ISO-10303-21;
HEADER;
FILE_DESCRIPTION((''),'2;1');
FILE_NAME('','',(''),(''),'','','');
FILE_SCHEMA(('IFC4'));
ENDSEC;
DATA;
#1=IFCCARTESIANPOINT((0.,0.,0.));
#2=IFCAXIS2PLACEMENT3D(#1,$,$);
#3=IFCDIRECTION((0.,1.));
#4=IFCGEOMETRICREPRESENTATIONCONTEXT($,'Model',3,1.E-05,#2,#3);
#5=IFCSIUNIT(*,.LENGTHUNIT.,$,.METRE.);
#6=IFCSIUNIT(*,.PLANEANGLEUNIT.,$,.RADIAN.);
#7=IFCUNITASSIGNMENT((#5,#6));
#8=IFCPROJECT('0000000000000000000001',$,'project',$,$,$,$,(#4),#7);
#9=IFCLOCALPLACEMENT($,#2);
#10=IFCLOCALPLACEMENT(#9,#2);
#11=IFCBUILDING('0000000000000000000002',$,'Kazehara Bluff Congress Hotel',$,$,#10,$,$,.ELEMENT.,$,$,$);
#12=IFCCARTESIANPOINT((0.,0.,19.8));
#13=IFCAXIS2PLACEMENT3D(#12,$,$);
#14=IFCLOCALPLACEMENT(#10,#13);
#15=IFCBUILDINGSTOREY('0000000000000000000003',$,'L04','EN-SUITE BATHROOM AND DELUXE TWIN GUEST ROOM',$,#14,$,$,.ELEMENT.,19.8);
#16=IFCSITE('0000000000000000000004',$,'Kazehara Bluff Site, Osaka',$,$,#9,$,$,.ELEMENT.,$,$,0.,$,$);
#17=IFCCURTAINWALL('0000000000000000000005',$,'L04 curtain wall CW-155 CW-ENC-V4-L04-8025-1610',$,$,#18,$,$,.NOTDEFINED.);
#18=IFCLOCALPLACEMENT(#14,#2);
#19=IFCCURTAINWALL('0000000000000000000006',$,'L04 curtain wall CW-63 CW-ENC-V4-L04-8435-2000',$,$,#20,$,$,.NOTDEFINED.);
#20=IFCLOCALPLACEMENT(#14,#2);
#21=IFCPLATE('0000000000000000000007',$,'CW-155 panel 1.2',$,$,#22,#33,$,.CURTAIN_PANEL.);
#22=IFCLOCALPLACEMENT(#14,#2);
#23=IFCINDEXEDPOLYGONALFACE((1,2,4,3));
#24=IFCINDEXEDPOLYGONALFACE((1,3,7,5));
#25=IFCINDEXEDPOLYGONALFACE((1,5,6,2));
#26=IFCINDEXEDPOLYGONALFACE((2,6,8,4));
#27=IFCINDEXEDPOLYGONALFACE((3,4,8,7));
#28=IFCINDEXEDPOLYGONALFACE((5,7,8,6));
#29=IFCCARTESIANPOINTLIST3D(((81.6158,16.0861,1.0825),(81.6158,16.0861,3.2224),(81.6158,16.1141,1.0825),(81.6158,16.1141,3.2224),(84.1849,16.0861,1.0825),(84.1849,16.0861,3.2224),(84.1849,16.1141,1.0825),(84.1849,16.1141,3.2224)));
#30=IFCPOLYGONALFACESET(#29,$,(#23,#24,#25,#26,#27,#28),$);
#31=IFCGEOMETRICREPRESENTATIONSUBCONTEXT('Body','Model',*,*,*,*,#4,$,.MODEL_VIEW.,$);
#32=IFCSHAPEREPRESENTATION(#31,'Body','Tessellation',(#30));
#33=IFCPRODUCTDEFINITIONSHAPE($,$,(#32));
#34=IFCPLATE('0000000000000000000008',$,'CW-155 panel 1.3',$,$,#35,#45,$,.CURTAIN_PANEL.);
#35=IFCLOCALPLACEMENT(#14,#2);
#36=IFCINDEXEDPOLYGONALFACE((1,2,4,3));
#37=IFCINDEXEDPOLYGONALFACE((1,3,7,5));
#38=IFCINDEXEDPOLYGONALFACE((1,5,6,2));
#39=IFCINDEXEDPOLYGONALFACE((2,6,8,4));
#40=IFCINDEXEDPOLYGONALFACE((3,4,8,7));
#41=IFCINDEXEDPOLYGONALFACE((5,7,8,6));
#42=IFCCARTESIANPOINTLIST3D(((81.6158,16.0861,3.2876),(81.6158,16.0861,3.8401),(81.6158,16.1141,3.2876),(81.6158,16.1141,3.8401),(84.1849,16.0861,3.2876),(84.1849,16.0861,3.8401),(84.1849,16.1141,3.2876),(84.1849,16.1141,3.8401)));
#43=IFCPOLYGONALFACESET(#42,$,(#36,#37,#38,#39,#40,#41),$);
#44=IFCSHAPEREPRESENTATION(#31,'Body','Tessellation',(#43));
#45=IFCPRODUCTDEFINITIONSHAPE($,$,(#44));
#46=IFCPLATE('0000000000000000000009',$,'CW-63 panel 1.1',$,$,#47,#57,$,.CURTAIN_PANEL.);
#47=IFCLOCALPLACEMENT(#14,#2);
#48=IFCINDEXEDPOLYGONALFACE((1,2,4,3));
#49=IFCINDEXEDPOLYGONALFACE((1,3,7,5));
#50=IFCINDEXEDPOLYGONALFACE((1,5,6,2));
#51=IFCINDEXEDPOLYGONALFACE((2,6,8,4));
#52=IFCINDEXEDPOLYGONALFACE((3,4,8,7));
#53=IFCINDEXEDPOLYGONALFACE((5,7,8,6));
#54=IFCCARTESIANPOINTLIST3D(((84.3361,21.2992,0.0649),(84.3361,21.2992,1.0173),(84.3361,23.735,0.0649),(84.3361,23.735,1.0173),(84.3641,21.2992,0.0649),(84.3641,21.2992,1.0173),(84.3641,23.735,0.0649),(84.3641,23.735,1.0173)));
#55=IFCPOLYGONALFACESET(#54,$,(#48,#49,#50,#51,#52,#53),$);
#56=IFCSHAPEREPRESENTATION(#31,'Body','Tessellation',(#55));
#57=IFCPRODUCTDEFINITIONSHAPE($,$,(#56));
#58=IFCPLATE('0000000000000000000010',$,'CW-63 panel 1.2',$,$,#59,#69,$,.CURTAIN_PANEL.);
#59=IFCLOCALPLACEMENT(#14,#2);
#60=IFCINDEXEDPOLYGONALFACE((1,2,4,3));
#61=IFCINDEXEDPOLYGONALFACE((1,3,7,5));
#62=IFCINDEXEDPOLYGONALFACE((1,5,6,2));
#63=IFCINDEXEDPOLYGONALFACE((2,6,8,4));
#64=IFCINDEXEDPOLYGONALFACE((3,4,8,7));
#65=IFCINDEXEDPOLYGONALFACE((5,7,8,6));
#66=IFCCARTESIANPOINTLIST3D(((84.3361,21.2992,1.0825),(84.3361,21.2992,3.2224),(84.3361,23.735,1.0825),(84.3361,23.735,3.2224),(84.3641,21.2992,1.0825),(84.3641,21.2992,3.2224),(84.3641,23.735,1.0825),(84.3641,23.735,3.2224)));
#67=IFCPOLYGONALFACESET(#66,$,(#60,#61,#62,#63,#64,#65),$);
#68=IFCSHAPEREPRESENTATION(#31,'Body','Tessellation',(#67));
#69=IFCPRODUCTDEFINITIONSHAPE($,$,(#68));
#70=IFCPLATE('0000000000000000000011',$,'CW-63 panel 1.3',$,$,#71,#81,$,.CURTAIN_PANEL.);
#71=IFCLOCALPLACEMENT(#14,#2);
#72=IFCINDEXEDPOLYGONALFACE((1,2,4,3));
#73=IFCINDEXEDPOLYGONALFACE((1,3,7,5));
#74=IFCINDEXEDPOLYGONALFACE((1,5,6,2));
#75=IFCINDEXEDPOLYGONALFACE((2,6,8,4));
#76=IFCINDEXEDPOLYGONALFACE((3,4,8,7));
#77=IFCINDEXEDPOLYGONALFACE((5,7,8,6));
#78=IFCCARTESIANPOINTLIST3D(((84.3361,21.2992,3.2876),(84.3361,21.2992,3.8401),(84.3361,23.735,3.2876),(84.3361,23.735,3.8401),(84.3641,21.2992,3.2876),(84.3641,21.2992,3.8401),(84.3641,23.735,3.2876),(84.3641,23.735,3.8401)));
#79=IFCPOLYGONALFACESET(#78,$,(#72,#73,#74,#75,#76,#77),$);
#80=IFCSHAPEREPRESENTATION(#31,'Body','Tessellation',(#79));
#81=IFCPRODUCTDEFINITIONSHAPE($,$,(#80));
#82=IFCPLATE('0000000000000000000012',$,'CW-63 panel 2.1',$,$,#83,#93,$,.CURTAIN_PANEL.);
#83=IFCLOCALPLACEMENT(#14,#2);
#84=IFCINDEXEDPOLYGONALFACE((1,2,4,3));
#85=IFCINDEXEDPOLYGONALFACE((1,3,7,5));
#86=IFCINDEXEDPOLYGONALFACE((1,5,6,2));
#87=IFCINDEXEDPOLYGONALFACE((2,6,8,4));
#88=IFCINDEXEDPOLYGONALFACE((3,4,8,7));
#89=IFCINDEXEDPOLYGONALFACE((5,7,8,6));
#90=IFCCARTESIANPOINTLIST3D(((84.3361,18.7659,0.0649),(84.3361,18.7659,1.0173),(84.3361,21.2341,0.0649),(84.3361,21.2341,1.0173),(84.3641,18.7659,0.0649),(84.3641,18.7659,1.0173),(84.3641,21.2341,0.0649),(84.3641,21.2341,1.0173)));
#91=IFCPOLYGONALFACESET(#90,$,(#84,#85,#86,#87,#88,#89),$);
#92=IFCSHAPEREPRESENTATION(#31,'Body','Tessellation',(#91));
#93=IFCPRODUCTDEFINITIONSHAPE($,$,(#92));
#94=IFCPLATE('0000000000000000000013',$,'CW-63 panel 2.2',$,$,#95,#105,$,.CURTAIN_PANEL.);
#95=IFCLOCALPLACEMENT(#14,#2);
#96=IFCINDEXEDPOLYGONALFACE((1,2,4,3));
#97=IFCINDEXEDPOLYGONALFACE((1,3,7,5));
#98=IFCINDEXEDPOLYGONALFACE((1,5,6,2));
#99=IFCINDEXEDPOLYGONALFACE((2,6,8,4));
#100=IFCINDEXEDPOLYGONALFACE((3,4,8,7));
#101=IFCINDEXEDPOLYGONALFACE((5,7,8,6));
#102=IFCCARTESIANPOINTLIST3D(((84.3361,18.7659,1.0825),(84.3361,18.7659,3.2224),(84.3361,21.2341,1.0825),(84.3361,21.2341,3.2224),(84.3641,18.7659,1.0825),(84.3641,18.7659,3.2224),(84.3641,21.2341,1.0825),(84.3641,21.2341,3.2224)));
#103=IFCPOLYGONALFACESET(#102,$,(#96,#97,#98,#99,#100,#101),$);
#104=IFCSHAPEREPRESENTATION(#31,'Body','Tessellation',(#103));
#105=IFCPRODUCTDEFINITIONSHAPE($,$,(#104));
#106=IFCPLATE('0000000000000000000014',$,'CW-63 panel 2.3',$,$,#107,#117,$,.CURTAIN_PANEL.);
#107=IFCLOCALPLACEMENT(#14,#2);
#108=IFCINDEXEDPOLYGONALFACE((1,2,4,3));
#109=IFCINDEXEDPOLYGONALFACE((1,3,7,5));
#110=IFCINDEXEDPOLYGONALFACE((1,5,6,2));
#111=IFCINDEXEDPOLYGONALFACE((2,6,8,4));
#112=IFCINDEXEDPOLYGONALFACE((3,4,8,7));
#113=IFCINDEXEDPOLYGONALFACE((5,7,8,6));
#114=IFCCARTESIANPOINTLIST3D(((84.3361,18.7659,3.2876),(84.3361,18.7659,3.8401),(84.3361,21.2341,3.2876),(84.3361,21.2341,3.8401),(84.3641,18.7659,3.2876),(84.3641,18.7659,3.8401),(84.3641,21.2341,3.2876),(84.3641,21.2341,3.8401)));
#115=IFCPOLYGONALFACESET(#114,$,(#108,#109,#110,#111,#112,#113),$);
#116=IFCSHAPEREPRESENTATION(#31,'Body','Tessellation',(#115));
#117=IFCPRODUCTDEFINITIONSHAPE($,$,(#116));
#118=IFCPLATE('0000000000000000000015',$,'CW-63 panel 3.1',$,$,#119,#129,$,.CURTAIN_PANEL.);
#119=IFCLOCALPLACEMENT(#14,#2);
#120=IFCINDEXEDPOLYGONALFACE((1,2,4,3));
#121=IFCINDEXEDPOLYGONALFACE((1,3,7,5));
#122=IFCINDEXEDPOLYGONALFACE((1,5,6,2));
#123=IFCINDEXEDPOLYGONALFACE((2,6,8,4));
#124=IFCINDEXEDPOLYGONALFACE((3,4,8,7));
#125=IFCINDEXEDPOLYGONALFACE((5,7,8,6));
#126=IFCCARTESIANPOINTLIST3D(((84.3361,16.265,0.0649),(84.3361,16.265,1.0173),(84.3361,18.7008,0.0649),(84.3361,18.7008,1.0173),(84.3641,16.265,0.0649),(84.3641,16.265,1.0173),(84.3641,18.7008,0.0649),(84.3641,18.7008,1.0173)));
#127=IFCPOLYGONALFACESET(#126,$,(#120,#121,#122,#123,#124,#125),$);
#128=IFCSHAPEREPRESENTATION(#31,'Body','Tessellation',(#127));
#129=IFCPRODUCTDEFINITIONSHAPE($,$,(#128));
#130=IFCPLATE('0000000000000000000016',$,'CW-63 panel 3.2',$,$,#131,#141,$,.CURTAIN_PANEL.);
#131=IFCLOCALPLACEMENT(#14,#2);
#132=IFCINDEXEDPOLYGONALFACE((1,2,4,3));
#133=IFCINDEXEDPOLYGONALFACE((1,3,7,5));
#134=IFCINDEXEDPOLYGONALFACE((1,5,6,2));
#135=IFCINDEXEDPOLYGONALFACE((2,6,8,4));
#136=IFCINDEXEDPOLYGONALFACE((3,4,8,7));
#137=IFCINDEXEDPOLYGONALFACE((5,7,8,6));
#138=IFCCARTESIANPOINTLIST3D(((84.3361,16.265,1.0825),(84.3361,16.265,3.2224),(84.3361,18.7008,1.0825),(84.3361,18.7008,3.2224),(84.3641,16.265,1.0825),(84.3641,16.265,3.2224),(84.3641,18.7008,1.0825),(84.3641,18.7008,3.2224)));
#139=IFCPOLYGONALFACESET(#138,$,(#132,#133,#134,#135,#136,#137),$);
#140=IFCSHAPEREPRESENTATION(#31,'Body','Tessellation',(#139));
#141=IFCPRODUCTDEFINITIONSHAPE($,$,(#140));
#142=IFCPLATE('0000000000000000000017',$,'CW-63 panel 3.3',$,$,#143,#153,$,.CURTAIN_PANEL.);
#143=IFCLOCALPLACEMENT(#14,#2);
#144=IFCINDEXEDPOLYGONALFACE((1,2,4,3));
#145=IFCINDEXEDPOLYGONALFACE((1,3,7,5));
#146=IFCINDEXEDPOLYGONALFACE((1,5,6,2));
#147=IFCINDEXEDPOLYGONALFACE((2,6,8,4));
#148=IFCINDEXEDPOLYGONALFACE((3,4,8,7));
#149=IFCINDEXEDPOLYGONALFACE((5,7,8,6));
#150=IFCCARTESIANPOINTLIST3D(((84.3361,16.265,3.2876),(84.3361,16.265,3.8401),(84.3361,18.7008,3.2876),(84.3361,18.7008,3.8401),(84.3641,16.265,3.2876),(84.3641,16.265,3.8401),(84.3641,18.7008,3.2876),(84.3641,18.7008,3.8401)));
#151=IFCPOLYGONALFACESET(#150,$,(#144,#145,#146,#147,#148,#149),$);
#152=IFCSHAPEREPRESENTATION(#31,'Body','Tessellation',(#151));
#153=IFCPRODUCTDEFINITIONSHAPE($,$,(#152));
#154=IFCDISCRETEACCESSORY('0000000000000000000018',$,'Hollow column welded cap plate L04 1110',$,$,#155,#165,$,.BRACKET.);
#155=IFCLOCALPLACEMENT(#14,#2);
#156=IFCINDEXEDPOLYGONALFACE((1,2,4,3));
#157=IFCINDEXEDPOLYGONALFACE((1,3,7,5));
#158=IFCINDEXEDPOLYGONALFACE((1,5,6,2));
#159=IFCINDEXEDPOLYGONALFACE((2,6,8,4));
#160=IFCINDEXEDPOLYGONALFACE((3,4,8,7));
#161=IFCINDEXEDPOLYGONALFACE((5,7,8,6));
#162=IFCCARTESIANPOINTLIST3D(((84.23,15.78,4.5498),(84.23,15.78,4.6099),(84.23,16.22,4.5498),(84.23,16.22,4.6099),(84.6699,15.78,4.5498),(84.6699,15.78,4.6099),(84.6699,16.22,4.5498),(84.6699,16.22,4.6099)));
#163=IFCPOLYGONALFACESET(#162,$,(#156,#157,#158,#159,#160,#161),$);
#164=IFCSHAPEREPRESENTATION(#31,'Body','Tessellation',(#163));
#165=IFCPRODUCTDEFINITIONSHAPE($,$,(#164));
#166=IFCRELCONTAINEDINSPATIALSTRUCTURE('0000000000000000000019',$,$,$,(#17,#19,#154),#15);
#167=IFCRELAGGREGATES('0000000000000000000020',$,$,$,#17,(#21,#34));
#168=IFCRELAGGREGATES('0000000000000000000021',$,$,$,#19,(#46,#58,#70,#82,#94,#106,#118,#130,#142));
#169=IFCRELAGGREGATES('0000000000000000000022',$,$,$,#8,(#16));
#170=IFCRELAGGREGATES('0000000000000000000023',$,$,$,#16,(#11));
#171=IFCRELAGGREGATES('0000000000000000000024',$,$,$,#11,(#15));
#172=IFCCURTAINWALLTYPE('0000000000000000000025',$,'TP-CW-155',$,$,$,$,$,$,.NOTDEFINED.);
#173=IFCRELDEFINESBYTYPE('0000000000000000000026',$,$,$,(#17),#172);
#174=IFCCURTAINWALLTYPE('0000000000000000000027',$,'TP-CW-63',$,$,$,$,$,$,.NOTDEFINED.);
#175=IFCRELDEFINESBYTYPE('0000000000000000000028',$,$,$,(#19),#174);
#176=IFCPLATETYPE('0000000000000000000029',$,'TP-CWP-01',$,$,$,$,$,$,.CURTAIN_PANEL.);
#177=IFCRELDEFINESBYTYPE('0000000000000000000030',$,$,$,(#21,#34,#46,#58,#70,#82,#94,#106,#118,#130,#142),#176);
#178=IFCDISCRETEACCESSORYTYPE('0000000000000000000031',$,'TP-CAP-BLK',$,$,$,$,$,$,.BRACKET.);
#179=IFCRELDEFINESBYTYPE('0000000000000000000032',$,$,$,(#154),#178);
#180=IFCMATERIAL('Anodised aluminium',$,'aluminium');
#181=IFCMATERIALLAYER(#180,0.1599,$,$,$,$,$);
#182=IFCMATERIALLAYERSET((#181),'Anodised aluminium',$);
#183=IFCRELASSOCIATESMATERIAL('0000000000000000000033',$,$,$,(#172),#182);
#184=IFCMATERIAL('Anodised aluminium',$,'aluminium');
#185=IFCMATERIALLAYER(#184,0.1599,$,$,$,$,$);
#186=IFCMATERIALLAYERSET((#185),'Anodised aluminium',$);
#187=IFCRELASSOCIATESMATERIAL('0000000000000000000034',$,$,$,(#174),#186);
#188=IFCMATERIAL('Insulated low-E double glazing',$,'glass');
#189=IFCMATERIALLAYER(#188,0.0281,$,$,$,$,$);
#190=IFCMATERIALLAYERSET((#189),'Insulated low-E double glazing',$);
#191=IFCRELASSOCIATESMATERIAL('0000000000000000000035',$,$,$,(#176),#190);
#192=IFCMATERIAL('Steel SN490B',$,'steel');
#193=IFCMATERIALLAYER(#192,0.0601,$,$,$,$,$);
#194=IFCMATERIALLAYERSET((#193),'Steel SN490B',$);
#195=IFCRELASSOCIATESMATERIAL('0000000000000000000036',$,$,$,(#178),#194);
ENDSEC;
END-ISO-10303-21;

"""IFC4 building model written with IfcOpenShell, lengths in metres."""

from ifc_helpers import new_model, si_unit, direction, frame, origin, origin_2d, place, context, subcontext, project, spatial, rectangle, extrude, material, layer, layer_set, type_object, element, aggregate, save


model = new_model("IFC4")

# Units and contexts
model_context = context("Model", 3, precision=1e-05, world=origin(), true_north=direction((0.0, 1.0)))
body_context = subcontext(model_context, "Body", "Model", "MODEL_VIEW")
ifc_project = project(units=[si_unit("LENGTHUNIT", "METRE"), si_unit("PLANEANGLEUNIT", "RADIAN")], contexts=[model_context])

# Site, building, storey
site_placement = place(None, origin())
site = spatial("IfcSite", under=ifc_project, at=site_placement, Name="Kazehara Bluff Site, Osaka", CompositionType="ELEMENT", RefElevation=0.0)
building_placement = place(site_placement, origin())
building = spatial("IfcBuilding", under=site, at=building_placement, Name="Kazehara Bluff Congress Hotel", CompositionType="ELEMENT")
storey_placement = place(building_placement, frame((0.0, 0.0, 19.8)))
storey = spatial("IfcBuildingStorey", under=building, at=storey_placement, Name="L04", Description="EN-SUITE BATHROOM AND DELUXE TWIN GUEST ROOM", CompositionType="ELEMENT", Elevation=19.8)

# Curtain wall
ifc_material_1 = material(Name="Anodised aluminium", Category="aluminium")
ifc_layer_1 = layer(ifc_material_1, 0.1599)
ifc_layer_set_1 = layer_set([ifc_layer_1], Name="Anodised aluminium")
curtain_wall_type_1 = type_object("IfcCurtainWallType", Name="TP-CW-155", PredefinedType="NOTDEFINED", material=ifc_layer_set_1)
curtain_wall_1_placement = place(storey_placement, origin())
curtain_wall_1 = element("IfcCurtainWall", 1, at=curtain_wall_1_placement, inside=storey, type_object=curtain_wall_type_1, Name="L04 curtain wall CW-155 CW-ENC-V4-L04-8025-1610", PredefinedType="NOTDEFINED")

# Curtain wall
ifc_material_2 = material(Name="Anodised aluminium", Category="aluminium")
ifc_layer_2 = layer(ifc_material_2, 0.1599)
ifc_layer_set_2 = layer_set([ifc_layer_2], Name="Anodised aluminium")
curtain_wall_type_2 = type_object("IfcCurtainWallType", Name="TP-CW-63", PredefinedType="NOTDEFINED", material=ifc_layer_set_2)
curtain_wall_2_placement = place(storey_placement, origin())
curtain_wall_2 = element("IfcCurtainWall", 2, at=curtain_wall_2_placement, inside=storey, type_object=curtain_wall_type_2, Name="L04 curtain wall CW-63 CW-ENC-V4-L04-8435-2000", PredefinedType="NOTDEFINED")

# Plates
ifc_material_3 = material(Name="Insulated low-E double glazing", Category="glass")
ifc_layer_3 = layer(ifc_material_3, 0.0281)
ifc_layer_set_3 = layer_set([ifc_layer_3], Name="Insulated low-E double glazing")
plate_type = type_object("IfcPlateType", Name="TP-CWP-01", PredefinedType="CURTAIN_PANEL", material=ifc_layer_set_3)
plate_1_placement = place(storey_placement, frame((82.9004, 16.1001, 1.0825), z_axis=(0.0, 0.0, 1.0), x_axis=(-1.0, 0.0, 0.0)))
plate_1 = element("IfcPlate", 3, at=plate_1_placement, type_object=plate_type, Name="CW-155 panel 1.2", PredefinedType="CURTAIN_PANEL", context=body_context, shape_type="SweptSolid", body=[
    extrude(rectangle(XDim=2.5691, YDim=0.0281, at=origin_2d()), origin(), (0.0, 0.0, 1.0), 2.1399),
])
plate_2_placement = place(storey_placement, frame((82.9004, 16.1001, 3.2876), z_axis=(0.0, 0.0, 1.0), x_axis=(-1.0, 0.0, 0.0)))
plate_2 = element("IfcPlate", 4, at=plate_2_placement, type_object=plate_type, Name="CW-155 panel 1.3", PredefinedType="CURTAIN_PANEL", context=body_context, shape_type="SweptSolid", body=[
    extrude(rectangle(XDim=2.5691, YDim=0.0281, at=origin_2d()), origin(), (0.0, 0.0, 1.0), 0.5525),
])
aggregate(curtain_wall_1, [plate_1, plate_2])
plate_3_placement = place(storey_placement, frame((84.3501, 22.5171, 0.0649), z_axis=(0.0, 0.0, 1.0), x_axis=(0.0, -1.0, 0.0)))
plate_3 = element("IfcPlate", 5, at=plate_3_placement, type_object=plate_type, Name="CW-63 panel 1.1", PredefinedType="CURTAIN_PANEL", context=body_context, shape_type="SweptSolid", body=[
    extrude(rectangle(XDim=2.4358, YDim=0.0281, at=origin_2d()), origin(), (0.0, 0.0, 1.0), 0.9524),
])
plate_4_placement = place(storey_placement, frame((84.3501, 22.5171, 1.0825), z_axis=(0.0, 0.0, 1.0), x_axis=(0.0, -1.0, 0.0)))
plate_4 = element("IfcPlate", 6, at=plate_4_placement, type_object=plate_type, Name="CW-63 panel 1.2", PredefinedType="CURTAIN_PANEL", context=body_context, shape_type="SweptSolid", body=[
    extrude(rectangle(XDim=2.4358, YDim=0.0281, at=origin_2d()), origin(), (0.0, 0.0, 1.0), 2.1399),
])
plate_5_placement = place(storey_placement, frame((84.3501, 22.5171, 3.2876), z_axis=(0.0, 0.0, 1.0), x_axis=(0.0, -1.0, 0.0)))
plate_5 = element("IfcPlate", 7, at=plate_5_placement, type_object=plate_type, Name="CW-63 panel 1.3", PredefinedType="CURTAIN_PANEL", context=body_context, shape_type="SweptSolid", body=[
    extrude(rectangle(XDim=2.4358, YDim=0.0281, at=origin_2d()), origin(), (0.0, 0.0, 1.0), 0.5525),
])
plate_6_placement = place(storey_placement, frame((84.3501, 20.0, 0.0649), z_axis=(0.0, 0.0, 1.0), x_axis=(0.0, -1.0, 0.0)))
plate_6 = element("IfcPlate", 8, at=plate_6_placement, type_object=plate_type, Name="CW-63 panel 2.1", PredefinedType="CURTAIN_PANEL", context=body_context, shape_type="SweptSolid", body=[
    extrude(rectangle(XDim=2.4683, YDim=0.0281, at=origin_2d()), origin(), (0.0, 0.0, 1.0), 0.9524),
])
plate_7_placement = place(storey_placement, frame((84.3501, 20.0, 1.0825), z_axis=(0.0, 0.0, 1.0), x_axis=(0.0, -1.0, 0.0)))
plate_7 = element("IfcPlate", 9, at=plate_7_placement, type_object=plate_type, Name="CW-63 panel 2.2", PredefinedType="CURTAIN_PANEL", context=body_context, shape_type="SweptSolid", body=[
    extrude(rectangle(XDim=2.4683, YDim=0.0281, at=origin_2d()), origin(), (0.0, 0.0, 1.0), 2.1399),
])
plate_8_placement = place(storey_placement, frame((84.3501, 20.0, 3.2876), z_axis=(0.0, 0.0, 1.0), x_axis=(0.0, -1.0, 0.0)))
plate_8 = element("IfcPlate", 10, at=plate_8_placement, type_object=plate_type, Name="CW-63 panel 2.3", PredefinedType="CURTAIN_PANEL", context=body_context, shape_type="SweptSolid", body=[
    extrude(rectangle(XDim=2.4683, YDim=0.0281, at=origin_2d()), origin(), (0.0, 0.0, 1.0), 0.5525),
])
plate_9_placement = place(storey_placement, frame((84.3501, 17.4829, 0.0649), z_axis=(0.0, 0.0, 1.0), x_axis=(0.0, -1.0, 0.0)))
plate_9 = element("IfcPlate", 11, at=plate_9_placement, type_object=plate_type, Name="CW-63 panel 3.1", PredefinedType="CURTAIN_PANEL", context=body_context, shape_type="SweptSolid", body=[
    extrude(rectangle(XDim=2.4358, YDim=0.0281, at=origin_2d()), origin(), (0.0, 0.0, 1.0), 0.9524),
])
plate_10_placement = place(storey_placement, frame((84.3501, 17.4829, 1.0825), z_axis=(0.0, 0.0, 1.0), x_axis=(0.0, -1.0, 0.0)))
plate_10 = element("IfcPlate", 12, at=plate_10_placement, type_object=plate_type, Name="CW-63 panel 3.2", PredefinedType="CURTAIN_PANEL", context=body_context, shape_type="SweptSolid", body=[
    extrude(rectangle(XDim=2.4358, YDim=0.0281, at=origin_2d()), origin(), (0.0, 0.0, 1.0), 2.1399),
])
plate_11_placement = place(storey_placement, frame((84.3501, 17.4829, 3.2876), z_axis=(0.0, 0.0, 1.0), x_axis=(0.0, -1.0, 0.0)))
plate_11 = element("IfcPlate", 13, at=plate_11_placement, type_object=plate_type, Name="CW-63 panel 3.3", PredefinedType="CURTAIN_PANEL", context=body_context, shape_type="SweptSolid", body=[
    extrude(rectangle(XDim=2.4358, YDim=0.0281, at=origin_2d()), origin(), (0.0, 0.0, 1.0), 0.5525),
])
aggregate(curtain_wall_2, [plate_3, plate_4, plate_5, plate_6, plate_7, plate_8, plate_9, plate_10, plate_11])

# Discrete accessory
ifc_material_4 = material(Name="Steel SN490B", Category="steel")
ifc_layer_4 = layer(ifc_material_4, 0.0601)
ifc_layer_set_4 = layer_set([ifc_layer_4], Name="Steel SN490B")
discrete_accessory_type = type_object("IfcDiscreteAccessoryType", Name="TP-CAP-BLK", PredefinedType="BRACKET", material=ifc_layer_set_4)
discrete_accessory_placement = place(storey_placement, frame((84.45, 16.0, 4.5498), z_axis=(0.0, 0.0, 1.0), x_axis=(1.0, 0.0, 0.0)))
element("IfcDiscreteAccessory", 14, at=discrete_accessory_placement, inside=storey, type_object=discrete_accessory_type, Name="Hollow column welded cap plate L04 1110", PredefinedType="BRACKET", context=body_context, shape_type="SweptSolid", body=[
    extrude(rectangle(XDim=0.4399, YDim=0.4399, at=origin_2d()), origin(), (0.0, 0.0, 1.0), 0.0601),
])

save(model, "model.ifc")
